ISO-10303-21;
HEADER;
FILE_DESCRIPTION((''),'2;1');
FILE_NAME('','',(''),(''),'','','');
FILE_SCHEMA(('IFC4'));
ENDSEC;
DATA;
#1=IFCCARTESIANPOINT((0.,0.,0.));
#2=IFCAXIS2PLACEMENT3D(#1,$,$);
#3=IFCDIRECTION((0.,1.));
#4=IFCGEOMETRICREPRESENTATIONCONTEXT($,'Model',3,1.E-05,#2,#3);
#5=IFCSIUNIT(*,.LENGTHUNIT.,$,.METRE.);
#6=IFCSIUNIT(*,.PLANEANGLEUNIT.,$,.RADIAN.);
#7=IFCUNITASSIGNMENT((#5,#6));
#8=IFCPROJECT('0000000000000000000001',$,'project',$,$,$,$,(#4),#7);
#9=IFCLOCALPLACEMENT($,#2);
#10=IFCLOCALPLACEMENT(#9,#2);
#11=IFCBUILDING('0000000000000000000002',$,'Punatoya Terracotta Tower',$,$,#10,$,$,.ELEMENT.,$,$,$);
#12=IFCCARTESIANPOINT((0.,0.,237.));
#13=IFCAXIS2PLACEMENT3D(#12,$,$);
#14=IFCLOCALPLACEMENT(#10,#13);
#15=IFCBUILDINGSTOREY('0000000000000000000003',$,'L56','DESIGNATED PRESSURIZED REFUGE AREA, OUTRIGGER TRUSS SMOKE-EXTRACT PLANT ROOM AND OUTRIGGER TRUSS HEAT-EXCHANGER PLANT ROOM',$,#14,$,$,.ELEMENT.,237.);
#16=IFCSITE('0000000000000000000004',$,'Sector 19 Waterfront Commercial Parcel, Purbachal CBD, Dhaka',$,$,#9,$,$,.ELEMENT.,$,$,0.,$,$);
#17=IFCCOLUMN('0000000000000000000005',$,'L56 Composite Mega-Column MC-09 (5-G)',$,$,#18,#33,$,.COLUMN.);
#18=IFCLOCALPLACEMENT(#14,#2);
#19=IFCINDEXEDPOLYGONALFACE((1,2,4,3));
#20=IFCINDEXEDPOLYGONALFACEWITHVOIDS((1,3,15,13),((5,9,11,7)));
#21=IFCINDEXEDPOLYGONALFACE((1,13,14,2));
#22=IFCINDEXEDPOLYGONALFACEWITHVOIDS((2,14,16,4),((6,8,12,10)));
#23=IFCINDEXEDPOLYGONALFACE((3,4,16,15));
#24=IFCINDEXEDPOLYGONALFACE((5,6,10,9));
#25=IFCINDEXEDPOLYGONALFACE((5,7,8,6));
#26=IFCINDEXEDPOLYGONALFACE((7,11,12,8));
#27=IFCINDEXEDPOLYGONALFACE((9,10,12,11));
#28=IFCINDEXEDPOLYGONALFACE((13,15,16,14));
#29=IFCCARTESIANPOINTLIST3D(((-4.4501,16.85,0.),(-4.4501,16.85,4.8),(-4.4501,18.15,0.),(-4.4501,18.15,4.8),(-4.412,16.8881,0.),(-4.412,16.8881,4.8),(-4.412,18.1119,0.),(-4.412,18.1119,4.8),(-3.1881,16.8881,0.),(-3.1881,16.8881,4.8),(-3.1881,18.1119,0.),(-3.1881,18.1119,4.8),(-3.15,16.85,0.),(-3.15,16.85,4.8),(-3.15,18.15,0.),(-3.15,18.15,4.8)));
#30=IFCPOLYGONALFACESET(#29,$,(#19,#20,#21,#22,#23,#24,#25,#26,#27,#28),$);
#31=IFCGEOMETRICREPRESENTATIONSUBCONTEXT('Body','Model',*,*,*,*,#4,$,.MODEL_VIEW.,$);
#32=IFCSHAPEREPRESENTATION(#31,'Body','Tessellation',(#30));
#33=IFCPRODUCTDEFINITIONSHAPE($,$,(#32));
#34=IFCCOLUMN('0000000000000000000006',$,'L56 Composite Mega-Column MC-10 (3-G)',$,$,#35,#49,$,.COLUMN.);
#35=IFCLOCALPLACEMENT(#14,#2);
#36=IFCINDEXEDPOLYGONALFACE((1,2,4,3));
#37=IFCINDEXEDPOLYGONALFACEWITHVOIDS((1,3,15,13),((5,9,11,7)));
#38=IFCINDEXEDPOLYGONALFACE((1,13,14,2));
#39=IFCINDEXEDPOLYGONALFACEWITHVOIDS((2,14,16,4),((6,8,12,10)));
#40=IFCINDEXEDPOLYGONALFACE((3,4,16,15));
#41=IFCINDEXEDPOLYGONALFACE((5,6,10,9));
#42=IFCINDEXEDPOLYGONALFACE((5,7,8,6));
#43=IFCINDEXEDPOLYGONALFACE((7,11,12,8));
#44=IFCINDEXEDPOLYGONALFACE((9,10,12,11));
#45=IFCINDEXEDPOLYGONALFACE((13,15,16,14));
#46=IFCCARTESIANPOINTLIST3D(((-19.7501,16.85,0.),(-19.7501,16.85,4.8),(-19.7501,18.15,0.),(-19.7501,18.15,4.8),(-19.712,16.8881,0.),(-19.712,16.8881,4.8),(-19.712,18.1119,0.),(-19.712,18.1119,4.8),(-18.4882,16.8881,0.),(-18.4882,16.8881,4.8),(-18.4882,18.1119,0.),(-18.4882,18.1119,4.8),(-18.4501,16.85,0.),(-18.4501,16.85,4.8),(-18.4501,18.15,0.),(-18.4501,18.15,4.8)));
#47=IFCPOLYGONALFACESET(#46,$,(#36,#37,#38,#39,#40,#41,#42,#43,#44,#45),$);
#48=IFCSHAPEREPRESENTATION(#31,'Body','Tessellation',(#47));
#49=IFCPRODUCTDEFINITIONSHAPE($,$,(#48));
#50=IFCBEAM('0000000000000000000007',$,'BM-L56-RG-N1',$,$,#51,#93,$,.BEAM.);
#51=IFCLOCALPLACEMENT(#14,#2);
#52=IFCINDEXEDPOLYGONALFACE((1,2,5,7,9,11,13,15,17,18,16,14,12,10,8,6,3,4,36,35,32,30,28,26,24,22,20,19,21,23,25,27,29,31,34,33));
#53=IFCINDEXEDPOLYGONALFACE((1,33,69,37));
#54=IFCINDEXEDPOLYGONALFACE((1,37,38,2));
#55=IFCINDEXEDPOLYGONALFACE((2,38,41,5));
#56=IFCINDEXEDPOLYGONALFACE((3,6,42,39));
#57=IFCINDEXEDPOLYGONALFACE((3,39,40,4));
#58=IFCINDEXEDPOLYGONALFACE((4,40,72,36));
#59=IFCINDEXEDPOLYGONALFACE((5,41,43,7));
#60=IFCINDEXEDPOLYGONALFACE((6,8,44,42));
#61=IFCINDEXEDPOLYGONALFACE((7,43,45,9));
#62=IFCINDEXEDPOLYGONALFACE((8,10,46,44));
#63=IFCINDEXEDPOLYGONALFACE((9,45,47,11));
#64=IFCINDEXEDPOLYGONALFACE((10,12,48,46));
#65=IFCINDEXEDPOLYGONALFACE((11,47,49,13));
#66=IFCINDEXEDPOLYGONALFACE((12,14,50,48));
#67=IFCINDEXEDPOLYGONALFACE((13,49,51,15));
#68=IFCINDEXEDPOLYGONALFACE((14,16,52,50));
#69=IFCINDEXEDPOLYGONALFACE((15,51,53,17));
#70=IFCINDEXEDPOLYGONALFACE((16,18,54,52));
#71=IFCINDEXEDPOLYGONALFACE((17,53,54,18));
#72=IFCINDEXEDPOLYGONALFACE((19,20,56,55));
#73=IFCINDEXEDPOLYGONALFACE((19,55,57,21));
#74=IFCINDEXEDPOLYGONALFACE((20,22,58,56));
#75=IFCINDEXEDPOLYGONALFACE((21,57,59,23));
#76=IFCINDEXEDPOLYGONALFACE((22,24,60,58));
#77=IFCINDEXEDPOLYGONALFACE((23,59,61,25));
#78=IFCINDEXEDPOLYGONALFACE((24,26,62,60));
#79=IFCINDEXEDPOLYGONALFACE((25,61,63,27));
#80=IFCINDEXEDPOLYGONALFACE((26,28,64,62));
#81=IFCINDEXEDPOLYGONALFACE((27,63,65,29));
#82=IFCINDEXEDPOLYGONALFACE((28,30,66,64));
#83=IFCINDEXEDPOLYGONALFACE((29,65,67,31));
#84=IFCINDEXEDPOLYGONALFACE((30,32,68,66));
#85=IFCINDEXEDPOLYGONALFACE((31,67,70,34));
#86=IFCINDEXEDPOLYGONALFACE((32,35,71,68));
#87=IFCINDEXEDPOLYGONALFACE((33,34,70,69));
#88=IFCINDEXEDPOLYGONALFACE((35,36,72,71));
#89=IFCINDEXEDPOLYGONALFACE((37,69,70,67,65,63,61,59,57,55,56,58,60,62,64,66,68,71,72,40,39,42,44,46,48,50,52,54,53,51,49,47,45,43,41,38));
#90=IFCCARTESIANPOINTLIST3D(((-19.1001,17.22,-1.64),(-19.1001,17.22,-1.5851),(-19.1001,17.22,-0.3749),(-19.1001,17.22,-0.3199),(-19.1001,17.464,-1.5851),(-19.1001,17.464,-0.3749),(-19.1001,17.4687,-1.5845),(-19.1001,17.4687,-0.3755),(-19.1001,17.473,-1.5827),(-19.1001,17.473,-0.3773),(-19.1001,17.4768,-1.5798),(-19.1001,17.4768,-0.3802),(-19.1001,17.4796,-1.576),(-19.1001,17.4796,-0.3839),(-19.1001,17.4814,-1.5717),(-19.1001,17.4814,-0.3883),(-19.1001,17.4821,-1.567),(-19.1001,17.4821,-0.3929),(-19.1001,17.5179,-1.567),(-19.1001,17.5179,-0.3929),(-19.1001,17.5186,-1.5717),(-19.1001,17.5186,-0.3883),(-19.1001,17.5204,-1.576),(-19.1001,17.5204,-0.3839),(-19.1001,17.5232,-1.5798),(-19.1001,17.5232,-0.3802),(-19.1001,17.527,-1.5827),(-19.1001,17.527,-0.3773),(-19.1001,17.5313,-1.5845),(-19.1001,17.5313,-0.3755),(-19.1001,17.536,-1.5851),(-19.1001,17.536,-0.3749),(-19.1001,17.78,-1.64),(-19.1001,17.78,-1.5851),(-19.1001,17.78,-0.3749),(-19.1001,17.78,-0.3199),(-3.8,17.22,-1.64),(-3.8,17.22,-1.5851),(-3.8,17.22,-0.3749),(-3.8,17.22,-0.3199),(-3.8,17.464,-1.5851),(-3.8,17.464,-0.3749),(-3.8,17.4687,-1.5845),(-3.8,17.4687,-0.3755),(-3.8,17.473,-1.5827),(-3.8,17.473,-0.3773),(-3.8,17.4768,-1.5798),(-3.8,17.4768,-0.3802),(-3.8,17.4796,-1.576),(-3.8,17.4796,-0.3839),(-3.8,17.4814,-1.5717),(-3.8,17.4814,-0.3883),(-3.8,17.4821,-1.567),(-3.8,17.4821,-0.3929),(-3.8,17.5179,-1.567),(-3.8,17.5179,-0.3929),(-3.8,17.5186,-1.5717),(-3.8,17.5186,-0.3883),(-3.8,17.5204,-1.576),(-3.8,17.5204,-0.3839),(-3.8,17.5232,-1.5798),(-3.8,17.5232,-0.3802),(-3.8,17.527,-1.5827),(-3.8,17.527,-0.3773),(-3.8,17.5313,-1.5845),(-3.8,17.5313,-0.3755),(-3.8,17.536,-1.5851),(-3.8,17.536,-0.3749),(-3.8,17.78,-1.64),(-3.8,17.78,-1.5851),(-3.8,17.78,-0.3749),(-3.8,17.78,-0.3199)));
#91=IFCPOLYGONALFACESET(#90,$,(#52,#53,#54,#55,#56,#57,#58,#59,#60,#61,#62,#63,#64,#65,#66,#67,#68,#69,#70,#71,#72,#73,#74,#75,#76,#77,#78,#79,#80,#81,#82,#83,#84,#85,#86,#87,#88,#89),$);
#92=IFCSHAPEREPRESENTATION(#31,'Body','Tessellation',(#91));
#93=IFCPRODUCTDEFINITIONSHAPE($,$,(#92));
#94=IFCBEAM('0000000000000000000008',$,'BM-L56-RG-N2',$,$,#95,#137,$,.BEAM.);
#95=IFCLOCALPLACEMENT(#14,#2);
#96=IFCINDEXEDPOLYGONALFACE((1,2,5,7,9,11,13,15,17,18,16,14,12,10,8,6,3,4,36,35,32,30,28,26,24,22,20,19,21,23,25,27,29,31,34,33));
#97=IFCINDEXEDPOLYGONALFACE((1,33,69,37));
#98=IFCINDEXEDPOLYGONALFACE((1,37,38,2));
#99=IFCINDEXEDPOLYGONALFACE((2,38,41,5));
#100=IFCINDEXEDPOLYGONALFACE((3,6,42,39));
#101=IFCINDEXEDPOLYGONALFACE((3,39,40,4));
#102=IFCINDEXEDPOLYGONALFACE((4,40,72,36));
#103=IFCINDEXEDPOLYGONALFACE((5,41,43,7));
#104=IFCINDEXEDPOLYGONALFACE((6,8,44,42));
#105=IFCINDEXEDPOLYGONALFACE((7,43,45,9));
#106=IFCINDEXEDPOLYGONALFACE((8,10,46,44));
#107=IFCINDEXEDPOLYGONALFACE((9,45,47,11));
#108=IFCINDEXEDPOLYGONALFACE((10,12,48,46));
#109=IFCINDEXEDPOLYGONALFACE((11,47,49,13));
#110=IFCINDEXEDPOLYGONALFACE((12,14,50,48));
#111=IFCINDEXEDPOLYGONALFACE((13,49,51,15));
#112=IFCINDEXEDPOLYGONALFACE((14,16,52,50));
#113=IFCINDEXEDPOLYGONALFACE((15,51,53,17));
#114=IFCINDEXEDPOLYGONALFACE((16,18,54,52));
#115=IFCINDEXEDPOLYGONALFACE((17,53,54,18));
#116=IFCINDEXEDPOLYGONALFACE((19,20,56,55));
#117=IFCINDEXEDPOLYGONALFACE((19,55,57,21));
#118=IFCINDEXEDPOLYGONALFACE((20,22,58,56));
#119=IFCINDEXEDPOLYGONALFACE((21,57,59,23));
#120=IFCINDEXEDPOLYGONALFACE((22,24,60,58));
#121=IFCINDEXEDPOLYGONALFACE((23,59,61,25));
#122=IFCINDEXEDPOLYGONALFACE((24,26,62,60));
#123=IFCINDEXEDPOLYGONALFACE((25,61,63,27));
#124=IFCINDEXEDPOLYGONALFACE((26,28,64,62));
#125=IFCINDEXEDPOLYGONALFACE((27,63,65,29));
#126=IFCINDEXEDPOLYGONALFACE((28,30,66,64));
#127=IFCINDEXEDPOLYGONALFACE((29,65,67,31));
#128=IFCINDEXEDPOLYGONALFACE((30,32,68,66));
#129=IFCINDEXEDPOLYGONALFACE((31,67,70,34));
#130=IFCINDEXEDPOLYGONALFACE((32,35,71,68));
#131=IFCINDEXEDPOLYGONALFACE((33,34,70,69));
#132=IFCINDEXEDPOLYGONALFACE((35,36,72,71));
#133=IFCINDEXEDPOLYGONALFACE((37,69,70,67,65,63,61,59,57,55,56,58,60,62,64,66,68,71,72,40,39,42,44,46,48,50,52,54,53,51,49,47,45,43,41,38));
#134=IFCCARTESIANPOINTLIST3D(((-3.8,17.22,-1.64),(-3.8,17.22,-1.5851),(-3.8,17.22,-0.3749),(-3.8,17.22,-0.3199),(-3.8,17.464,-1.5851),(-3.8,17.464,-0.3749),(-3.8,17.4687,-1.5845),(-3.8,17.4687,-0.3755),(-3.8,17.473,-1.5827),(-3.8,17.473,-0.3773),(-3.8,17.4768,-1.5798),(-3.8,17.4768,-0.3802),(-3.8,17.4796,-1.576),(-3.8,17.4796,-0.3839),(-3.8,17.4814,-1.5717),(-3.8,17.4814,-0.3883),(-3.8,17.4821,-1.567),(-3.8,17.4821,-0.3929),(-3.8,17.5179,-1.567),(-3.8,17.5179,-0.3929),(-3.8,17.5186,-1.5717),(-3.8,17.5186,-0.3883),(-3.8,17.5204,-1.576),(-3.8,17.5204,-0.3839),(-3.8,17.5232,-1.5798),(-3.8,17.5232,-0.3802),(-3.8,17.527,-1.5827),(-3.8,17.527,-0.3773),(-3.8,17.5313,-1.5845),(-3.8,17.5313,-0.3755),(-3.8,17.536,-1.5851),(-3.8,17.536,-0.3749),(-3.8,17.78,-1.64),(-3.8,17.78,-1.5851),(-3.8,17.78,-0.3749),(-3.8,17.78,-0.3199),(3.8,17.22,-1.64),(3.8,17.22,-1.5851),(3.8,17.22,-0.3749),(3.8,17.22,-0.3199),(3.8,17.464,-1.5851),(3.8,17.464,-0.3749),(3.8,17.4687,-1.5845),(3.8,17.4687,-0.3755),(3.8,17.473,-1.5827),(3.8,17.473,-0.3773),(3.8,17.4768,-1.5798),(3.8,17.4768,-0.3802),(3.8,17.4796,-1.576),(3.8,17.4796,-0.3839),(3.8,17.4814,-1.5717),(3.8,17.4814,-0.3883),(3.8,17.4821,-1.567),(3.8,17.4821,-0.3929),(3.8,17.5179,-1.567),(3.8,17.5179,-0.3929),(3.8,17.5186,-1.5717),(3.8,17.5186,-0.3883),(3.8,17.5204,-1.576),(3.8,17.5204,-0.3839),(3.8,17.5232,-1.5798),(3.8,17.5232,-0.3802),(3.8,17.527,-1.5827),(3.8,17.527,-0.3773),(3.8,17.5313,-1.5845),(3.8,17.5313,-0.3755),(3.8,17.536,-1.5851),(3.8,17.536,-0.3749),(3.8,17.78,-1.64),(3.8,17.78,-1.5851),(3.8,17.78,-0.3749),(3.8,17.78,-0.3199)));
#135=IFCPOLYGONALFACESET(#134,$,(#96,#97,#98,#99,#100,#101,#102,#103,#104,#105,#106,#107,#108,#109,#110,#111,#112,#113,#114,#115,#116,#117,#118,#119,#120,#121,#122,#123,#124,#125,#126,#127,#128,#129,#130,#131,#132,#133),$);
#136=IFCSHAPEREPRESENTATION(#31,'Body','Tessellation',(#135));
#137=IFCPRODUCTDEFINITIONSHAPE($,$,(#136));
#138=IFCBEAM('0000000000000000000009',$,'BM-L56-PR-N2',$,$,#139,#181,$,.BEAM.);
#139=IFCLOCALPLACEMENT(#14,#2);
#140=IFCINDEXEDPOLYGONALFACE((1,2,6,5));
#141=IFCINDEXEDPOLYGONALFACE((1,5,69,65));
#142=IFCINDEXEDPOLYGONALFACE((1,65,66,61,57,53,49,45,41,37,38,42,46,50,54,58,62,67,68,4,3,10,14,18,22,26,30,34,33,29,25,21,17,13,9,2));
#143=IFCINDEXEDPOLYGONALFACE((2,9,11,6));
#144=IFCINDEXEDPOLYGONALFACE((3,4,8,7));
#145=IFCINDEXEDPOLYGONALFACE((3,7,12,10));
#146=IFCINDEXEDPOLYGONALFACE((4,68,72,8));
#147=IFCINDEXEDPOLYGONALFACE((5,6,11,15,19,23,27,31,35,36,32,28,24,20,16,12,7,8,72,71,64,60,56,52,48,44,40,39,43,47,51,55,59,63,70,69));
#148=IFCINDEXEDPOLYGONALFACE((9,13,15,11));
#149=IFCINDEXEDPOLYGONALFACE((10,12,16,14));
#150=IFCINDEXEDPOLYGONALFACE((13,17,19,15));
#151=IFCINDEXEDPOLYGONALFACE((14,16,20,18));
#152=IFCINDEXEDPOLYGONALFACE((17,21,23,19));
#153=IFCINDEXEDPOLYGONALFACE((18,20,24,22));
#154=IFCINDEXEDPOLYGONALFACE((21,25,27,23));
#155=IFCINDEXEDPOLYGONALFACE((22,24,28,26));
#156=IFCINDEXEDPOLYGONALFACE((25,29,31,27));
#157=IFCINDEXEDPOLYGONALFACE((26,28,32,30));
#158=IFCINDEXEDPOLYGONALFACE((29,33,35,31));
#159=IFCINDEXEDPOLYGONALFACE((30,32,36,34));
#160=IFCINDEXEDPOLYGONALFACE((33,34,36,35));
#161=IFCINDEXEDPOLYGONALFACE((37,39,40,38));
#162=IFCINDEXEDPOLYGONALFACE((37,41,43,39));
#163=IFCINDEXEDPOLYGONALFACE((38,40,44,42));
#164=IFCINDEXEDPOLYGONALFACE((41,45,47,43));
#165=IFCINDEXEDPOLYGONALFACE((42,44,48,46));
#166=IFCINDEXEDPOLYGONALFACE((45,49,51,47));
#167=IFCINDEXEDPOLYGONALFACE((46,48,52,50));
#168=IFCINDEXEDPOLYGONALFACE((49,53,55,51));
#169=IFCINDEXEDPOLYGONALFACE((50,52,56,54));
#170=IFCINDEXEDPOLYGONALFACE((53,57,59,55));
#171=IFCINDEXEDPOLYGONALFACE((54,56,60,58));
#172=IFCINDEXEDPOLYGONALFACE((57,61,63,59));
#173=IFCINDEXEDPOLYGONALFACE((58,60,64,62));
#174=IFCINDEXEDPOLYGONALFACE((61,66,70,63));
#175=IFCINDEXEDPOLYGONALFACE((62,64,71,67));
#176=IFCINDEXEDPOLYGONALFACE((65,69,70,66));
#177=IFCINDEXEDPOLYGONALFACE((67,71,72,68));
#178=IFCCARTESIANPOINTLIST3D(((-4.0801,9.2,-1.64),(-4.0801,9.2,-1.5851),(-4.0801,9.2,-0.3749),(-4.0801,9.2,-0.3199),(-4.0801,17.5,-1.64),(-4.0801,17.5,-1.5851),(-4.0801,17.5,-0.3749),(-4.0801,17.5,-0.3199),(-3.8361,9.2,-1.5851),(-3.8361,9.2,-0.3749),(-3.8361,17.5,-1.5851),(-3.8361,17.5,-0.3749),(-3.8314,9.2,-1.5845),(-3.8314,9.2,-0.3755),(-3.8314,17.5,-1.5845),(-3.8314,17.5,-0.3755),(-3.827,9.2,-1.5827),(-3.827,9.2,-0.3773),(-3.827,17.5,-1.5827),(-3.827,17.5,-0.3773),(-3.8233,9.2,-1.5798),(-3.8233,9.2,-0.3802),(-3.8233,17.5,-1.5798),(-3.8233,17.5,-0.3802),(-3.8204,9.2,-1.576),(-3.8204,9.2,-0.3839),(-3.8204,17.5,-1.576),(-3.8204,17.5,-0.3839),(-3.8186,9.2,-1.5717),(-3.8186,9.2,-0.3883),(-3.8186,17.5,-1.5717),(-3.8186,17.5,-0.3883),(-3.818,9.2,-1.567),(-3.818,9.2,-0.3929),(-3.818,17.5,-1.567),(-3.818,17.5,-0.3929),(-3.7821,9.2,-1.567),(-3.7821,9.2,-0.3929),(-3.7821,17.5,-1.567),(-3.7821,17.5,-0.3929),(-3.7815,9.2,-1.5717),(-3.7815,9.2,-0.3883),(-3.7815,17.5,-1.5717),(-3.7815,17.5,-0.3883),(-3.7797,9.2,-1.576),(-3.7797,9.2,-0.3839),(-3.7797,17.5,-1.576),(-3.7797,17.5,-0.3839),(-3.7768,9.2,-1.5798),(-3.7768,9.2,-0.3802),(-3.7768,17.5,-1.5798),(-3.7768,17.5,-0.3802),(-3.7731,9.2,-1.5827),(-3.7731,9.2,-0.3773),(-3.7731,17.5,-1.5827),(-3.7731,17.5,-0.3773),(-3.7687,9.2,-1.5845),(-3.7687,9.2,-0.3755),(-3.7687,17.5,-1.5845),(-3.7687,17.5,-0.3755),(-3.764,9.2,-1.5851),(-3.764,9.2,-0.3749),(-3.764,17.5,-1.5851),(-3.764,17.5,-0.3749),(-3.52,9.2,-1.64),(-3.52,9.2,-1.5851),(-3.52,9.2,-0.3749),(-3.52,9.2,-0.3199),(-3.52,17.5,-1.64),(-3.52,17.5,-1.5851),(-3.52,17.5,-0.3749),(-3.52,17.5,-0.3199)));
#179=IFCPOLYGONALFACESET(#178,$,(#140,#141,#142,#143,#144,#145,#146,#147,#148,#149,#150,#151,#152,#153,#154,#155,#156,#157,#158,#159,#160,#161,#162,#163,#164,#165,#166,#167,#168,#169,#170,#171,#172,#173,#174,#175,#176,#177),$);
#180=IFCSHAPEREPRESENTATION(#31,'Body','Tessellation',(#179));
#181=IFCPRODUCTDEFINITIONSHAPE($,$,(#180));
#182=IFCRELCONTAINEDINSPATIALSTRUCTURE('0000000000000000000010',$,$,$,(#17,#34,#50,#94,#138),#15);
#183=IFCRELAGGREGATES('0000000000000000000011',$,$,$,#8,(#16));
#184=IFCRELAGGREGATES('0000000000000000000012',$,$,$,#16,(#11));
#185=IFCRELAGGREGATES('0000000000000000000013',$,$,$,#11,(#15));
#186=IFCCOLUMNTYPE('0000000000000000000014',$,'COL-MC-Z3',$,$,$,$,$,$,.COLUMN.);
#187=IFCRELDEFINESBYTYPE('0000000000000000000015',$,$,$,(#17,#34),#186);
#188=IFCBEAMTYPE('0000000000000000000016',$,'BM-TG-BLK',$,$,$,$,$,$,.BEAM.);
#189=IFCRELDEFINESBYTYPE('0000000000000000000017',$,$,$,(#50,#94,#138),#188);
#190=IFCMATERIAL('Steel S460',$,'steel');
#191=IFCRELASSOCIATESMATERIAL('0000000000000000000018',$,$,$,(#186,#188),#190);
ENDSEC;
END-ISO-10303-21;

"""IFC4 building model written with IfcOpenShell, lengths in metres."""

from ifc_helpers import new_model, si_unit, direction, frame, origin, origin_2d, place, context, subcontext, project, spatial, hollow_rectangle, i_section, extrude, material, material_profile, profile_set, type_object, element, save


model = new_model("IFC4")

# Units and contexts
model_context = context("Model", 3, precision=1e-05, world=origin(), true_north=direction((0.0, 1.0)))
body_context = subcontext(model_context, "Body", "Model", "MODEL_VIEW")
ifc_project = project(units=[si_unit("LENGTHUNIT", "METRE"), si_unit("PLANEANGLEUNIT", "RADIAN")], contexts=[model_context])

# Site, building, storey
site_placement = place(None, origin())
site = spatial("IfcSite", under=ifc_project, at=site_placement, Name="Sector 19 Waterfront Commercial Parcel, Purbachal CBD, Dhaka", CompositionType="ELEMENT", RefElevation=0.0)
building_placement = place(site_placement, origin())
building = spatial("IfcBuilding", under=site, at=building_placement, Name="Punatoya Terracotta Tower", CompositionType="ELEMENT")
storey_placement = place(building_placement, frame((0.0, 0.0, 237.0)))
storey = spatial("IfcBuildingStorey", under=building, at=storey_placement, Name="L56", Description="DESIGNATED PRESSURIZED REFUGE AREA, OUTRIGGER TRUSS SMOKE-EXTRACT PLANT ROOM AND OUTRIGGER TRUSS HEAT-EXCHANGER PLANT ROOM", CompositionType="ELEMENT", Elevation=237.0)

# Columns
ifc_material_1 = material(Name="Steel S460", Category="steel")
ifc_material_profile_1 = material_profile(ifc_material_1, hollow_rectangle(XDim=1.3, YDim=1.3, WallThickness=0.0381, at=origin_2d()))
ifc_profile_set_1 = profile_set([ifc_material_profile_1], Name="Steel S460")
column_type = type_object("IfcColumnType", Name="COL-MC-Z3", PredefinedType="COLUMN", material=ifc_profile_set_1)
for number, where, z_axis, x_axis, name in (
    (1, (-3.8, 17.5, 0.0), (0.0, 0.0, 1.0), (1.0, 0.0, 0.0), "L56 Composite Mega-Column MC-09 (5-G)"),
    (2, (-19.1001, 17.5, 0.0), (0.0, 0.0, 1.0), (1.0, 0.0, 0.0), "L56 Composite Mega-Column MC-10 (3-G)"),
):
    element("IfcColumn", number, at=place(storey_placement, frame(where, z_axis=z_axis, x_axis=x_axis)), inside=storey, type_object=column_type, Name=name, PredefinedType="COLUMN", context=body_context, shape_type="SweptSolid", body=[
        extrude(hollow_rectangle(XDim=1.3, YDim=1.3, WallThickness=0.0381, at=origin_2d()), origin(), (0.0, 0.0, 1.0), 4.8),
    ])

# Beams
ifc_material_profile_2 = material_profile(ifc_material_1, i_section(OverallWidth=0.5601, OverallDepth=1.3201, WebThickness=0.0359, FlangeThickness=0.0549, FilletRadius=0.0181, at=origin_2d()))
ifc_profile_set_2 = profile_set([ifc_material_profile_2], Name="Steel S460")
beam_type_1 = type_object("IfcBeamType", Name="BM-TG-BLK", PredefinedType="BEAM", material=ifc_profile_set_2)
beam_1_placement = place(storey_placement, frame((-19.1001, 17.5, -0.98), z_axis=(1.0, 0.0, 0.0), x_axis=(0.0, 1.0, 0.0)))
element("IfcBeam", 3, at=beam_1_placement, inside=storey, type_object=beam_type_1, Name="BM-L56-RG-N1", PredefinedType="BEAM", context=body_context, shape_type="SweptSolid", body=[
    extrude(i_section(OverallWidth=0.5601, OverallDepth=1.3201, WebThickness=0.0359, FlangeThickness=0.0549, FilletRadius=0.0181, at=origin_2d()), origin(), (0.0, 0.0, 1.0), 15.3),
])
beam_2_placement = place(storey_placement, frame((-3.8, 17.5, -0.98), z_axis=(1.0, 0.0, 0.0), x_axis=(0.0, 1.0, 0.0)))
element("IfcBeam", 4, at=beam_2_placement, inside=storey, type_object=beam_type_1, Name="BM-L56-RG-N2", PredefinedType="BEAM", context=body_context, shape_type="SweptSolid", body=[
    extrude(i_section(OverallWidth=0.5601, OverallDepth=1.3201, WebThickness=0.0359, FlangeThickness=0.0549, FilletRadius=0.0181, at=origin_2d()), origin(), (0.0, 0.0, 1.0), 7.6001),
])
beam_3_placement = place(storey_placement, frame((-3.8, 9.2, -0.98), z_axis=(0.0, 1.0, 0.0), x_axis=(-1.0, 0.0, 0.0)))
element("IfcBeam", 5, at=beam_3_placement, inside=storey, type_object=beam_type_1, Name="BM-L56-PR-N2", PredefinedType="BEAM", context=body_context, shape_type="SweptSolid", body=[
    extrude(i_section(OverallWidth=0.5601, OverallDepth=1.3201, WebThickness=0.0359, FlangeThickness=0.0549, FilletRadius=0.0181, at=origin_2d()), origin(), (0.0, 0.0, 1.0), 8.3),
])

save(model, "model.ifc")
